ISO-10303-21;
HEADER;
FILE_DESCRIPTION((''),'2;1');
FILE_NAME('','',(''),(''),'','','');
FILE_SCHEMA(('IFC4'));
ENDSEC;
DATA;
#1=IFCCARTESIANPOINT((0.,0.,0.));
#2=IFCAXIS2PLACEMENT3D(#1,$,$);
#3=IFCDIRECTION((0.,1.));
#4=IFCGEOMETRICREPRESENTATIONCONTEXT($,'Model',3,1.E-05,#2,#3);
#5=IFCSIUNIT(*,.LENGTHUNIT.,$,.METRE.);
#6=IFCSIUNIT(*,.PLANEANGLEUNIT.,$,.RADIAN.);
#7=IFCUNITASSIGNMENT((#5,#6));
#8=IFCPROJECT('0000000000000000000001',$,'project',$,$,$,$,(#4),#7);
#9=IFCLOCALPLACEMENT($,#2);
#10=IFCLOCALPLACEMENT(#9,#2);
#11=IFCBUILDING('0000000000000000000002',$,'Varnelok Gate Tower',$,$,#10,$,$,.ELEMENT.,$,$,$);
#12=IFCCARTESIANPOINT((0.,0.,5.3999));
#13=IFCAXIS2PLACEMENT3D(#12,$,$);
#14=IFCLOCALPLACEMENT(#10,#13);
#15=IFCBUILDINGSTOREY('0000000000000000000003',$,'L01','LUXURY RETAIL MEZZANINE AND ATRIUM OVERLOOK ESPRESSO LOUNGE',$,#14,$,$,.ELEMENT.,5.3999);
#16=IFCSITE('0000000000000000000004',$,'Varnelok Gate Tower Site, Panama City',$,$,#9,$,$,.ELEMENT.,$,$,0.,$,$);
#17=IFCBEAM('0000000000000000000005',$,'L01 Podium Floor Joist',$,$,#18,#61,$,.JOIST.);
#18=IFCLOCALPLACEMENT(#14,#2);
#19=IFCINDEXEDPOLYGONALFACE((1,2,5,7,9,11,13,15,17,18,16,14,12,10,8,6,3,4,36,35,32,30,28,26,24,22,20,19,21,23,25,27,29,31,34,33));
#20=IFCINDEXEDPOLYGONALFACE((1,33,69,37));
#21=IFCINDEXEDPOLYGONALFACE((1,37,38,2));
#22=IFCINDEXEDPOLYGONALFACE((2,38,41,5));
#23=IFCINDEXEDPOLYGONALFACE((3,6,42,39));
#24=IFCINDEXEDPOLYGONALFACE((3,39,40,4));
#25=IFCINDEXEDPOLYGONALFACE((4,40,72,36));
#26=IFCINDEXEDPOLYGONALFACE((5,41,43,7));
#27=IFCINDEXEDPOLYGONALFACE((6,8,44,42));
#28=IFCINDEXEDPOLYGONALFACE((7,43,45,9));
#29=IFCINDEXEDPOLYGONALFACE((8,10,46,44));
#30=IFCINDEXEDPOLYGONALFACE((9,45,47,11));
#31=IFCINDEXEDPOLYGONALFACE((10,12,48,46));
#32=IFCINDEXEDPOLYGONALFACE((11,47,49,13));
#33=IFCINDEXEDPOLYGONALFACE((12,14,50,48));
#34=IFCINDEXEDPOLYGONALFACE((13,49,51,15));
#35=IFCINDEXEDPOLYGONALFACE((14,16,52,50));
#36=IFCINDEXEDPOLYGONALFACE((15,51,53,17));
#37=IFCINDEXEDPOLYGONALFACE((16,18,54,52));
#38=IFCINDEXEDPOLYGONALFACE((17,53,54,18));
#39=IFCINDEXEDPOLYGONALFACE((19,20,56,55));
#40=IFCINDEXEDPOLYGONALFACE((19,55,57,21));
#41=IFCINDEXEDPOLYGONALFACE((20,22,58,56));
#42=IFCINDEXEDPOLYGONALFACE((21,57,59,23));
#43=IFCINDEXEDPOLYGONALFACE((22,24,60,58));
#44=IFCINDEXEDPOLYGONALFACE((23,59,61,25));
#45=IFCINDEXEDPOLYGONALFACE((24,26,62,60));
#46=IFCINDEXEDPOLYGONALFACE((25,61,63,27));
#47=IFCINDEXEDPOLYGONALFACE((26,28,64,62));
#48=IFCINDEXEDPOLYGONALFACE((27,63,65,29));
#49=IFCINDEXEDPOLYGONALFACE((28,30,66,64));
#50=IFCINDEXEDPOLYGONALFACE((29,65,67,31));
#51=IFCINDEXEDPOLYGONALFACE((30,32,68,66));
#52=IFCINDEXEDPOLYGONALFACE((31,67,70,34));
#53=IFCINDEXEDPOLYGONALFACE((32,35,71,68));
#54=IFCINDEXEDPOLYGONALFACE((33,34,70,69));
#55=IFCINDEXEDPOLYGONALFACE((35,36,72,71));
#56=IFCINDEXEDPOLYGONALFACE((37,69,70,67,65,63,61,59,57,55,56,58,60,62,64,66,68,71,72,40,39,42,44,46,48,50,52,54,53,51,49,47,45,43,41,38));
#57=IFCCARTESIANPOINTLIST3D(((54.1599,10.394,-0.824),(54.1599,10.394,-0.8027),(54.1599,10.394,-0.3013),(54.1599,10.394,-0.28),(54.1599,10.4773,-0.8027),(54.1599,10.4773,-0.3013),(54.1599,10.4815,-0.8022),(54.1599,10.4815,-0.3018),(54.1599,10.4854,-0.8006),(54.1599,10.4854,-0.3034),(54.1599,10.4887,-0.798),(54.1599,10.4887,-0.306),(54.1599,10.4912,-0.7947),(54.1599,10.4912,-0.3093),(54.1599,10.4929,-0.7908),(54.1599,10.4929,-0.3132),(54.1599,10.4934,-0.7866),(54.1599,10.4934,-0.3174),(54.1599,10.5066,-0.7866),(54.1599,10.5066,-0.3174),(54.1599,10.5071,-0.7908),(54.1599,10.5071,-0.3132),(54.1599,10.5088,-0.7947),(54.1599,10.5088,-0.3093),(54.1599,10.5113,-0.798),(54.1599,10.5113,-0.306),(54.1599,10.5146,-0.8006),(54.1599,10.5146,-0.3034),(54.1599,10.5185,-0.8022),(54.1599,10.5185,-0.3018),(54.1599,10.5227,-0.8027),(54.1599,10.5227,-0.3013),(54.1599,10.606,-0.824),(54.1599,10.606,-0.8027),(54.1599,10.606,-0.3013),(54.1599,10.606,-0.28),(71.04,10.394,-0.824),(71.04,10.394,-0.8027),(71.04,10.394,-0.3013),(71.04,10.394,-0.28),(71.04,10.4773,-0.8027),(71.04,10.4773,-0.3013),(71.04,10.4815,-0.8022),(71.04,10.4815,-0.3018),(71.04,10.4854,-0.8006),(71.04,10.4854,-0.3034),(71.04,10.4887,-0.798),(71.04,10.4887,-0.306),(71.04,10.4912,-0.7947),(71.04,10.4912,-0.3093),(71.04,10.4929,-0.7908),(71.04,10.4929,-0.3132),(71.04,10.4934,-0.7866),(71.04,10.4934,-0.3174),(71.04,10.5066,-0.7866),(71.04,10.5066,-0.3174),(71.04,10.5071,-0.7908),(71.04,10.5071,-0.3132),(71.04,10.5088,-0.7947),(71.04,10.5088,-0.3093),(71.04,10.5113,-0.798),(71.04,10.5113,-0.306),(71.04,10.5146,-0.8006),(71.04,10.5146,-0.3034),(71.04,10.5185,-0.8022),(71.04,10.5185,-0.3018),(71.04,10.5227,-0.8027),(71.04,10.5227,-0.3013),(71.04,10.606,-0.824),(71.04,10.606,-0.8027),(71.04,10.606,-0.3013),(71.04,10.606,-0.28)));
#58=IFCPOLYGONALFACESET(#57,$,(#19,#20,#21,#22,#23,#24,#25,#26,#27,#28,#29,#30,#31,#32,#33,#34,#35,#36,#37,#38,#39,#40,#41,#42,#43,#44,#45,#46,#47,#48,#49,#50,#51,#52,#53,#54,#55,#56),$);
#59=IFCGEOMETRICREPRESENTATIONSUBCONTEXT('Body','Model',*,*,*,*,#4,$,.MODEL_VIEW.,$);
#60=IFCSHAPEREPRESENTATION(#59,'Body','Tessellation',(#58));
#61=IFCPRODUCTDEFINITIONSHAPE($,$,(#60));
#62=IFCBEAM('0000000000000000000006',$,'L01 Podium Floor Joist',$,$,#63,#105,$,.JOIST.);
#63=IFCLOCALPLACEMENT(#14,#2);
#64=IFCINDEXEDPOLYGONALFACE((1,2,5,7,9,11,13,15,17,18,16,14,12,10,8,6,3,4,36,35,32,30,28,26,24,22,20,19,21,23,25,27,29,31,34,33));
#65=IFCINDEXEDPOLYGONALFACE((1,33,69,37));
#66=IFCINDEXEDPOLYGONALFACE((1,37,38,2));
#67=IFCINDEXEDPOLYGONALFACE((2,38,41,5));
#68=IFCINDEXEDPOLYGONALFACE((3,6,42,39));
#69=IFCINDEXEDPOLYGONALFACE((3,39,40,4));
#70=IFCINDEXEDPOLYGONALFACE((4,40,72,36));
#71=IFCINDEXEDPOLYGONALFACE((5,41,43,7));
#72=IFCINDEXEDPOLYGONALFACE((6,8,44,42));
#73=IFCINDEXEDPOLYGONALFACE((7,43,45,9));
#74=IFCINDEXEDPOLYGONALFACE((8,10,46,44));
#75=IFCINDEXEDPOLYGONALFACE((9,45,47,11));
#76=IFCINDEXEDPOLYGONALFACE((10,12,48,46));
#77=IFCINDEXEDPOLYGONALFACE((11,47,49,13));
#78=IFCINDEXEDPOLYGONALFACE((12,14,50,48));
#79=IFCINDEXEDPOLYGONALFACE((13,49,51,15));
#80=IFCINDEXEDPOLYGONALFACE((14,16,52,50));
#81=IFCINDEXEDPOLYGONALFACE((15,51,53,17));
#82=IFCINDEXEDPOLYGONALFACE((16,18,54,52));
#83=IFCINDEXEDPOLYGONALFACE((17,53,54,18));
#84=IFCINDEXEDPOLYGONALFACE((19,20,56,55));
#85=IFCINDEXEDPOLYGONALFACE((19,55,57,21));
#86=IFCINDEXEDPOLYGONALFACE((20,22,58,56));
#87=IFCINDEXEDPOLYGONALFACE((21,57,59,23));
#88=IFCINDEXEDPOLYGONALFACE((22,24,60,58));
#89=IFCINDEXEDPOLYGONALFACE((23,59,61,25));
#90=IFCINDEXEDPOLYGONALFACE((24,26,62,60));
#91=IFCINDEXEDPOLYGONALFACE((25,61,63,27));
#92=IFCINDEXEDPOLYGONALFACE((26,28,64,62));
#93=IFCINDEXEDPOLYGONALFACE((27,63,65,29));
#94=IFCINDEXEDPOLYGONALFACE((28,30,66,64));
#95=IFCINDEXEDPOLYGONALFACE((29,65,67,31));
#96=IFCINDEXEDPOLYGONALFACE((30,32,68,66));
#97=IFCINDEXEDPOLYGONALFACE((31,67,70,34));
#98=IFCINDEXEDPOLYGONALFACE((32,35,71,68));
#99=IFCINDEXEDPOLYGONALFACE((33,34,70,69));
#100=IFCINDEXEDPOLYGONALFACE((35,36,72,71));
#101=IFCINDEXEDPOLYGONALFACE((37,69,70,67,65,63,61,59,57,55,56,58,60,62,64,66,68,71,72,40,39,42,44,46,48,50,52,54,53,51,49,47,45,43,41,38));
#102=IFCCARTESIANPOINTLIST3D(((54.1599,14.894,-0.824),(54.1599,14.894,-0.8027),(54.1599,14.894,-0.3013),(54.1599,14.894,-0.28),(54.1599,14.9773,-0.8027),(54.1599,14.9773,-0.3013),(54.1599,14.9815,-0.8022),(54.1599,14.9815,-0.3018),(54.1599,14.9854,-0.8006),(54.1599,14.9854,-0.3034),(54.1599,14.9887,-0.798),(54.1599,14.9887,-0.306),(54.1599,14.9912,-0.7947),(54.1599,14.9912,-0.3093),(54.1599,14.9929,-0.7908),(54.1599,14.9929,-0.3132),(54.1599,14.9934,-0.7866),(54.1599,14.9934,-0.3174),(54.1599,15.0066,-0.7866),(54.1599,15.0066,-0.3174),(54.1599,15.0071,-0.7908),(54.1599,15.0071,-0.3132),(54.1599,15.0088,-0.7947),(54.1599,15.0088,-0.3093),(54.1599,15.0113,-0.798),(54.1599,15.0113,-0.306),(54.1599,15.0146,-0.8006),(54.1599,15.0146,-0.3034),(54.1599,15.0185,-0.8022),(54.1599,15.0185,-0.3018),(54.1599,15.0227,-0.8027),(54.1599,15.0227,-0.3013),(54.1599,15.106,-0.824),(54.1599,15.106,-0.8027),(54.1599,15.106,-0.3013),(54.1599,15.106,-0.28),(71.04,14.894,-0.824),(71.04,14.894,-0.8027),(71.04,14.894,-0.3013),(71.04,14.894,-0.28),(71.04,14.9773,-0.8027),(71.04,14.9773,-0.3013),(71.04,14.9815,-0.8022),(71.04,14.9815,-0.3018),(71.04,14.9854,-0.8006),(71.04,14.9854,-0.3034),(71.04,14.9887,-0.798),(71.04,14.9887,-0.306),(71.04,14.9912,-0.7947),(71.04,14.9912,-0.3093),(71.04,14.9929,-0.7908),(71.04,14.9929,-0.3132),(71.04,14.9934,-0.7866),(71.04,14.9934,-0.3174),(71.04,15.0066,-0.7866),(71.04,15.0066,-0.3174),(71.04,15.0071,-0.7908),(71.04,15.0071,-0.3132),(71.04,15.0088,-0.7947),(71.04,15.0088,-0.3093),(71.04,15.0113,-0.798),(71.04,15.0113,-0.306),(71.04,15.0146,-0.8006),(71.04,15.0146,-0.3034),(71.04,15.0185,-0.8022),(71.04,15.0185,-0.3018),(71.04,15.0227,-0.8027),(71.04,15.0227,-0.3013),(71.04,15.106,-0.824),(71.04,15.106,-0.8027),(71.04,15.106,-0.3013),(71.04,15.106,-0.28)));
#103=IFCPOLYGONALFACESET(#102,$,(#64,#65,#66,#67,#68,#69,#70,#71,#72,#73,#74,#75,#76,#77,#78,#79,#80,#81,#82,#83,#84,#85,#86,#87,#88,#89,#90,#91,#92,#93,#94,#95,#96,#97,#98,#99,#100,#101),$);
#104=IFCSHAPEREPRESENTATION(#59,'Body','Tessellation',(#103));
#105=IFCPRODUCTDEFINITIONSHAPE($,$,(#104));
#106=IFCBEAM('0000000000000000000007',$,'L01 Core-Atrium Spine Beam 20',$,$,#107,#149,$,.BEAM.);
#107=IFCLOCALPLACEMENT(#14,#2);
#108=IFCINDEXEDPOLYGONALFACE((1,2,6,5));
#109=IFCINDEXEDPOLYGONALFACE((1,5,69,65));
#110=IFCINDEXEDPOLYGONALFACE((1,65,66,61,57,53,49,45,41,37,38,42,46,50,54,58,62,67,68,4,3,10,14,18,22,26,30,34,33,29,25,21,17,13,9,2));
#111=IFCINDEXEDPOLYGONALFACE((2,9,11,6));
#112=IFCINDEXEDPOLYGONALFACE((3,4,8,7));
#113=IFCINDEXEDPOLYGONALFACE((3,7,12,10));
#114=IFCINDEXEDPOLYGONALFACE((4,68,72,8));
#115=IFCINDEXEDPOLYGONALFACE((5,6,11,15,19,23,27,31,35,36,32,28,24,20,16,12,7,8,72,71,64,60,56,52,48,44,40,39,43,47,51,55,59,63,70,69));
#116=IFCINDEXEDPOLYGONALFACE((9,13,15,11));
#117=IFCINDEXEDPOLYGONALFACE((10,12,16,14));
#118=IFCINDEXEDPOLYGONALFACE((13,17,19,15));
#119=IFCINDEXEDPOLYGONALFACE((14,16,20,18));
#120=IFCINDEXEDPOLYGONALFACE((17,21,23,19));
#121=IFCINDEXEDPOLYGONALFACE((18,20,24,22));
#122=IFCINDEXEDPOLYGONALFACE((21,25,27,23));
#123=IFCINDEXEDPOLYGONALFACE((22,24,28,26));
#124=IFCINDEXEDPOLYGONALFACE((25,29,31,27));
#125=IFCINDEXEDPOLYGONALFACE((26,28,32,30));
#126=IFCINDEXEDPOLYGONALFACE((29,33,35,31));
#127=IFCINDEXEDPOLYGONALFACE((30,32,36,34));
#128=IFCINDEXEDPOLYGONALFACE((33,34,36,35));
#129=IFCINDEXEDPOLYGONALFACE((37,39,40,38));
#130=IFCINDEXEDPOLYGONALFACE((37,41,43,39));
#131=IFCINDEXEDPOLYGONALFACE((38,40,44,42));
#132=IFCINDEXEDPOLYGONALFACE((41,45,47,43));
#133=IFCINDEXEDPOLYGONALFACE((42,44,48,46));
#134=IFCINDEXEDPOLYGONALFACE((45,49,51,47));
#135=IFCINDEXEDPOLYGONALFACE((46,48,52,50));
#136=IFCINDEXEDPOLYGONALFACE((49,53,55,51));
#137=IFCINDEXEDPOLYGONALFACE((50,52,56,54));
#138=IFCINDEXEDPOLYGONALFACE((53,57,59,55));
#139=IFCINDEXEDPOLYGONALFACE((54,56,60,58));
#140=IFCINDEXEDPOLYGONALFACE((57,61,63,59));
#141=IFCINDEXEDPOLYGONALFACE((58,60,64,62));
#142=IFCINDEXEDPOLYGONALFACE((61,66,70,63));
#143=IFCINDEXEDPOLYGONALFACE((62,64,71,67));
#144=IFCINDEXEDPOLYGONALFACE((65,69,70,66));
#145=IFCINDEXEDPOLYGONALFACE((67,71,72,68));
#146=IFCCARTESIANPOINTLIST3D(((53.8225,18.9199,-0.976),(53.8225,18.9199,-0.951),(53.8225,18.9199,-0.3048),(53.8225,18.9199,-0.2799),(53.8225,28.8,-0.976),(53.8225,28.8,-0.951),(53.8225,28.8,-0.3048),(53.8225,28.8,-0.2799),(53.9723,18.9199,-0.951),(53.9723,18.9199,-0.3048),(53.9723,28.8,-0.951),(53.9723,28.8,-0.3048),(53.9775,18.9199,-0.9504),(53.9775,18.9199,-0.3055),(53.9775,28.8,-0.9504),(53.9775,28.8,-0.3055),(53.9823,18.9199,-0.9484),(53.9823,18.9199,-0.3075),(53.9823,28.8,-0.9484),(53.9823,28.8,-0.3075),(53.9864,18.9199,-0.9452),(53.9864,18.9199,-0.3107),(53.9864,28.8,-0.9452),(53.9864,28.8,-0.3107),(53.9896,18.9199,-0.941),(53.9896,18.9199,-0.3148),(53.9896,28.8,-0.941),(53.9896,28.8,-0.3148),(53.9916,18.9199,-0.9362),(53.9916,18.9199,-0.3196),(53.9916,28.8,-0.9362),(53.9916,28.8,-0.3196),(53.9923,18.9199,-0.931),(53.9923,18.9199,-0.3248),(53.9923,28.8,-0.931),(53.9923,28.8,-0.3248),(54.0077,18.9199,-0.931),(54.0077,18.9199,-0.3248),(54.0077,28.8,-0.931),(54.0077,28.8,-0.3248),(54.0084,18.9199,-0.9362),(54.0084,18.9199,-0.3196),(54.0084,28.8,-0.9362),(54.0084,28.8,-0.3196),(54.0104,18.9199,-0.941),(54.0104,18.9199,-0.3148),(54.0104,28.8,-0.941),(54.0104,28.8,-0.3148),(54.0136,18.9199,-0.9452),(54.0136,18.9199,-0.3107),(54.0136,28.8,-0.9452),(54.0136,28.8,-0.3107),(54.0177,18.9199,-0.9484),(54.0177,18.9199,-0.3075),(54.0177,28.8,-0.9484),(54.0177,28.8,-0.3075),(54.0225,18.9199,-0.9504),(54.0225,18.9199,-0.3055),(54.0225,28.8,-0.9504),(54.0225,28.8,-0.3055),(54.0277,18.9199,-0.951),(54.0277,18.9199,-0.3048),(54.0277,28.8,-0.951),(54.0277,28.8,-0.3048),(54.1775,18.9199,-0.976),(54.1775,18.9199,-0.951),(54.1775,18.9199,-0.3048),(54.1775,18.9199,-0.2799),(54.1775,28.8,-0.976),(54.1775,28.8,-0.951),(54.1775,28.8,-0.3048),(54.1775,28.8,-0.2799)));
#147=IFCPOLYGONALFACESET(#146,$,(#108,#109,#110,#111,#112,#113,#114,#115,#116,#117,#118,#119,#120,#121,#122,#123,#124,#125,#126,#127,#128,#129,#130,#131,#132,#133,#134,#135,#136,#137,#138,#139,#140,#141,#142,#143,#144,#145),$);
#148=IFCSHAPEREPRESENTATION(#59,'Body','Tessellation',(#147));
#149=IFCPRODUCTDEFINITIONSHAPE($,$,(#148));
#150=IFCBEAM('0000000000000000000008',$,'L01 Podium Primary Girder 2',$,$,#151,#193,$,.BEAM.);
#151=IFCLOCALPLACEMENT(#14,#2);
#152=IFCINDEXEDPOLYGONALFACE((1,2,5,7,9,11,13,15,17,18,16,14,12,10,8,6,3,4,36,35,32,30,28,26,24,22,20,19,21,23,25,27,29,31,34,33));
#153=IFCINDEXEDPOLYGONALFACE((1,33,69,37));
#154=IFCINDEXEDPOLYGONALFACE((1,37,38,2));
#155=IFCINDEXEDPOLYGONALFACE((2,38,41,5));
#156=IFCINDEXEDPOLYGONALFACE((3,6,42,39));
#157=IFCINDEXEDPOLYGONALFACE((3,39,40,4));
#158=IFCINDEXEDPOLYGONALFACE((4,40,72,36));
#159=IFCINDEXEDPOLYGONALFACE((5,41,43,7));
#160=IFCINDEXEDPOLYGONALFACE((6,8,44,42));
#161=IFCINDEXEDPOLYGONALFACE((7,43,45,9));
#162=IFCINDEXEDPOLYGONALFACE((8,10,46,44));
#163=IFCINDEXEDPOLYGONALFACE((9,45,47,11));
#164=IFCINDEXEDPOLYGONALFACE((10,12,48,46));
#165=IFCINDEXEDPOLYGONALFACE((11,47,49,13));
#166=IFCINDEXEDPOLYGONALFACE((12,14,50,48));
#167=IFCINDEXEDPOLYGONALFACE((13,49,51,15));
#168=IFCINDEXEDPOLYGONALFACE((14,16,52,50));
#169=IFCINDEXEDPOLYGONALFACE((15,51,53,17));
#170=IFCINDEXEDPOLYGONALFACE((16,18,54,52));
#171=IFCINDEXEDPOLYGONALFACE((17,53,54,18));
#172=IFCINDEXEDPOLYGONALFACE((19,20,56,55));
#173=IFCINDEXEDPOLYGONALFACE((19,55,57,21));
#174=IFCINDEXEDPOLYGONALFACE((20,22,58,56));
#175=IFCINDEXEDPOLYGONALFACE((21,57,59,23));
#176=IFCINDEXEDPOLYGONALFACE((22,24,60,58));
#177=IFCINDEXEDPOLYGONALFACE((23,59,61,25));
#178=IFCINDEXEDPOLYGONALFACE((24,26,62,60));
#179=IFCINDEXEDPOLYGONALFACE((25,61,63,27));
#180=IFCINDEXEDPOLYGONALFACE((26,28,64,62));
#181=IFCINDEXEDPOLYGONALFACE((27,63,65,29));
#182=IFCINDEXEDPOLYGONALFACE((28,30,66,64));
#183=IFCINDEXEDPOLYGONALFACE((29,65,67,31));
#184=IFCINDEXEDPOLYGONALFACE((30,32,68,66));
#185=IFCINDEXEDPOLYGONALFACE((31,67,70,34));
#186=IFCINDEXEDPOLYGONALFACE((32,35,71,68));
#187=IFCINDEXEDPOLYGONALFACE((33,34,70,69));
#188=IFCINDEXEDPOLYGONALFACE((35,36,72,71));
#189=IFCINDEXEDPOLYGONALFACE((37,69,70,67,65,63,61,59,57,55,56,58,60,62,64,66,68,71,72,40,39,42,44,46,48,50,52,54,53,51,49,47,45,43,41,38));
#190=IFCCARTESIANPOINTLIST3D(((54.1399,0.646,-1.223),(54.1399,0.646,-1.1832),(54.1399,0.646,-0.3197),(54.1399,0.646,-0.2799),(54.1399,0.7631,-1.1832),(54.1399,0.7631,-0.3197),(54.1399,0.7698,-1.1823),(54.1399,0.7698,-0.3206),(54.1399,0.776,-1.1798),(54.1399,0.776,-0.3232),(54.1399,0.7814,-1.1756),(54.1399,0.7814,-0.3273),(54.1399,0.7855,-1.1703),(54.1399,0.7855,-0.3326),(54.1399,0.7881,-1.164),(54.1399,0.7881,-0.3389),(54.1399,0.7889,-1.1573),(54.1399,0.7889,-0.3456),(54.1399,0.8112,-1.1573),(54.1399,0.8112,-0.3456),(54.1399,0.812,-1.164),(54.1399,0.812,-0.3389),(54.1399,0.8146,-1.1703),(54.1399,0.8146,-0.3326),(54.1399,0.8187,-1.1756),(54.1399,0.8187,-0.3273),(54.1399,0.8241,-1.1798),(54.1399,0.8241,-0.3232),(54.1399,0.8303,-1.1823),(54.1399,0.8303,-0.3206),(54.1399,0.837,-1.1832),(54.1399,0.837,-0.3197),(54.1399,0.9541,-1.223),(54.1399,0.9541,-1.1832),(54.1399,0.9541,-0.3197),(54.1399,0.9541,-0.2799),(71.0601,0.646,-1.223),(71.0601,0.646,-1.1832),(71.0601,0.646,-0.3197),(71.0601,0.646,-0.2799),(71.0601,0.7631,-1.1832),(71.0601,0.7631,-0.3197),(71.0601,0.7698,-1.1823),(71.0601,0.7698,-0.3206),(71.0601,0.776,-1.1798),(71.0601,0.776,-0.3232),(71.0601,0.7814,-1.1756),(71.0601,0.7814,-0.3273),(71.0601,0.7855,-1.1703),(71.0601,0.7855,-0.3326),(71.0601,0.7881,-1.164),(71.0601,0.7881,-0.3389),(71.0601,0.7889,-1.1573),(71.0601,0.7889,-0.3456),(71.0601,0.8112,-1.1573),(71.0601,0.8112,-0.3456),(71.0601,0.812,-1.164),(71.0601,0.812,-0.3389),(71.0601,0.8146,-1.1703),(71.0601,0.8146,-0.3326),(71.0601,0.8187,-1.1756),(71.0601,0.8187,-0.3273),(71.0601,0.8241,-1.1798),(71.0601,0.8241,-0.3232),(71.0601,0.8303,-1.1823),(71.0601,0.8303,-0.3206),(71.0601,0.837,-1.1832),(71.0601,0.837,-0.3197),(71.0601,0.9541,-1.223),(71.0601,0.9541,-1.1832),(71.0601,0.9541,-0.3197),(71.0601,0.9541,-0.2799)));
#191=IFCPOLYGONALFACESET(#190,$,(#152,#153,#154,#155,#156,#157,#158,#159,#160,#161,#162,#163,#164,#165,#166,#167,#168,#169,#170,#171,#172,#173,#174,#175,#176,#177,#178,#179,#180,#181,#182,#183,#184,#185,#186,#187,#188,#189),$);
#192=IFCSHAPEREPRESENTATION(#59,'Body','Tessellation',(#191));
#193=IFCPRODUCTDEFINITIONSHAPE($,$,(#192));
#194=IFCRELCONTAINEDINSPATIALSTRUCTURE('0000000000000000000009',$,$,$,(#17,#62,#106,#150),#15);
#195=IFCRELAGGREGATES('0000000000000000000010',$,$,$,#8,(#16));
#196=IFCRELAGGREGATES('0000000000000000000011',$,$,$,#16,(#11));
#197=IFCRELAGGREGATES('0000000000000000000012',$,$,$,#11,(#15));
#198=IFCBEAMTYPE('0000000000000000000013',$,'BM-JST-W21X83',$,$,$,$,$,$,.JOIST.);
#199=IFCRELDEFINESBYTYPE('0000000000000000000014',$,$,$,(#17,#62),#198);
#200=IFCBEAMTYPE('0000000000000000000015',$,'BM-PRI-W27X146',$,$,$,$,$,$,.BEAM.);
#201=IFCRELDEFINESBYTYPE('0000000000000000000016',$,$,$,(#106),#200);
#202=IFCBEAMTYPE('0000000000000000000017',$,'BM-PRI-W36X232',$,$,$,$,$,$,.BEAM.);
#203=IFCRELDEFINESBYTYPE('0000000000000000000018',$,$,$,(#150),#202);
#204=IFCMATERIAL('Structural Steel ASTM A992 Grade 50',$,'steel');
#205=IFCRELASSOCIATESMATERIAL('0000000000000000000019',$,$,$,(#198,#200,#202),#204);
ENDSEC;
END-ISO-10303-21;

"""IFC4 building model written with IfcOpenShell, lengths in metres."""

from ifc_helpers import new_model, si_unit, direction, frame, origin, origin_2d, place, context, subcontext, project, spatial, i_section, extrude, material, material_profile, profile_set, type_object, element, save


model = new_model("IFC4")

# Units and contexts
model_context = context("Model", 3, precision=1e-05, world=origin(), true_north=direction((0.0, 1.0)))
body_context = subcontext(model_context, "Body", "Model", "MODEL_VIEW")
ifc_project = project(units=[si_unit("LENGTHUNIT", "METRE"), si_unit("PLANEANGLEUNIT", "RADIAN")], contexts=[model_context])

# Site, building, storey
site_placement = place(None, origin())
site = spatial("IfcSite", under=ifc_project, at=site_placement, Name="Varnelok Gate Tower Site, Panama City", CompositionType="ELEMENT", RefElevation=0.0)
building_placement = place(site_placement, origin())
building = spatial("IfcBuilding", under=site, at=building_placement, Name="Varnelok Gate Tower", CompositionType="ELEMENT")
storey_placement = place(building_placement, frame((0.0, 0.0, 5.3999)))
storey = spatial("IfcBuildingStorey", under=building, at=storey_placement, Name="L01", Description="LUXURY RETAIL MEZZANINE AND ATRIUM OVERLOOK ESPRESSO LOUNGE", CompositionType="ELEMENT", Elevation=5.3999)

# Beams
ifc_material_1 = material(Name="Structural Steel ASTM A992 Grade 50", Category="steel")
ifc_material_profile_1 = material_profile(ifc_material_1, i_section(OverallWidth=0.2119, OverallDepth=0.5439, WebThickness=0.0132, FlangeThickness=0.0212, FilletRadius=0.0161, at=origin_2d()), Name="W21X83")
ifc_profile_set_1 = profile_set([ifc_material_profile_1], Name="Structural Steel ASTM A992 Grade 50")
beam_type_1 = type_object("IfcBeamType", Name="BM-JST-W21X83", PredefinedType="JOIST", material=ifc_profile_set_1)
for number, where, z_axis, x_axis, name in (
    (1, (54.1599, 10.5, -0.552), (1.0, 0.0, 0.0), (0.0, 1.0, 0.0), "L01 Podium Floor Joist"),
    (2, (54.1599, 15.0, -0.552), (1.0, 0.0, 0.0), (0.0, 1.0, 0.0), "L01 Podium Floor Joist"),
):
    element("IfcBeam", number, at=place(storey_placement, frame(where, z_axis=z_axis, x_axis=x_axis)), inside=storey, type_object=beam_type_1, Name=name, PredefinedType="JOIST", context=body_context, shape_type="SweptSolid", body=[
        extrude(i_section(OverallWidth=0.2119, OverallDepth=0.5439, WebThickness=0.0132, FlangeThickness=0.0212, FilletRadius=0.0161, at=origin_2d()), origin(), (0.0, 0.0, 1.0), 16.8801),
    ])
ifc_material_profile_2 = material_profile(ifc_material_1, i_section(OverallWidth=0.355, OverallDepth=0.696, WebThickness=0.0154, FlangeThickness=0.0249, FilletRadius=0.02, at=origin_2d()), Name="W27X146")
ifc_profile_set_2 = profile_set([ifc_material_profile_2], Name="Structural Steel ASTM A992 Grade 50")
beam_type_2 = type_object("IfcBeamType", Name="BM-PRI-W27X146", PredefinedType="BEAM", material=ifc_profile_set_2)
beam_1_placement = place(storey_placement, frame((54.0, 18.9199, -0.6279), z_axis=(0.0, 1.0, 0.0), x_axis=(-1.0, 0.0, 0.0)))
element("IfcBeam", 3, at=beam_1_placement, inside=storey, type_object=beam_type_2, Name="L01 Core-Atrium Spine Beam 20", PredefinedType="BEAM", context=body_context, shape_type="SweptSolid", body=[
    extrude(i_section(OverallWidth=0.355, OverallDepth=0.696, WebThickness=0.0154, FlangeThickness=0.0249, FilletRadius=0.02, at=origin_2d()), origin(), (0.0, 0.0, 1.0), 9.8801),
])
ifc_material_profile_3 = material_profile(ifc_material_1, i_section(OverallWidth=0.3081, OverallDepth=0.9431, WebThickness=0.0222, FlangeThickness=0.0398, FilletRadius=0.0259, at=origin_2d()), Name="W36X232")
ifc_profile_set_3 = profile_set([ifc_material_profile_3], Name="Structural Steel ASTM A992 Grade 50")
beam_type_3 = type_object("IfcBeamType", Name="BM-PRI-W36X232", PredefinedType="BEAM", material=ifc_profile_set_3)
beam_2_placement = place(storey_placement, frame((54.1399, 0.8, -0.7515), z_axis=(1.0, 0.0, 0.0), x_axis=(0.0, 1.0, 0.0)))
element("IfcBeam", 4, at=beam_2_placement, inside=storey, type_object=beam_type_3, Name="L01 Podium Primary Girder 2", PredefinedType="BEAM", context=body_context, shape_type="SweptSolid", body=[
    extrude(i_section(OverallWidth=0.3081, OverallDepth=0.9431, WebThickness=0.0222, FlangeThickness=0.0398, FilletRadius=0.0259, at=origin_2d()), origin(), (0.0, 0.0, 1.0), 16.9202),
])

save(model, "model.ifc")
